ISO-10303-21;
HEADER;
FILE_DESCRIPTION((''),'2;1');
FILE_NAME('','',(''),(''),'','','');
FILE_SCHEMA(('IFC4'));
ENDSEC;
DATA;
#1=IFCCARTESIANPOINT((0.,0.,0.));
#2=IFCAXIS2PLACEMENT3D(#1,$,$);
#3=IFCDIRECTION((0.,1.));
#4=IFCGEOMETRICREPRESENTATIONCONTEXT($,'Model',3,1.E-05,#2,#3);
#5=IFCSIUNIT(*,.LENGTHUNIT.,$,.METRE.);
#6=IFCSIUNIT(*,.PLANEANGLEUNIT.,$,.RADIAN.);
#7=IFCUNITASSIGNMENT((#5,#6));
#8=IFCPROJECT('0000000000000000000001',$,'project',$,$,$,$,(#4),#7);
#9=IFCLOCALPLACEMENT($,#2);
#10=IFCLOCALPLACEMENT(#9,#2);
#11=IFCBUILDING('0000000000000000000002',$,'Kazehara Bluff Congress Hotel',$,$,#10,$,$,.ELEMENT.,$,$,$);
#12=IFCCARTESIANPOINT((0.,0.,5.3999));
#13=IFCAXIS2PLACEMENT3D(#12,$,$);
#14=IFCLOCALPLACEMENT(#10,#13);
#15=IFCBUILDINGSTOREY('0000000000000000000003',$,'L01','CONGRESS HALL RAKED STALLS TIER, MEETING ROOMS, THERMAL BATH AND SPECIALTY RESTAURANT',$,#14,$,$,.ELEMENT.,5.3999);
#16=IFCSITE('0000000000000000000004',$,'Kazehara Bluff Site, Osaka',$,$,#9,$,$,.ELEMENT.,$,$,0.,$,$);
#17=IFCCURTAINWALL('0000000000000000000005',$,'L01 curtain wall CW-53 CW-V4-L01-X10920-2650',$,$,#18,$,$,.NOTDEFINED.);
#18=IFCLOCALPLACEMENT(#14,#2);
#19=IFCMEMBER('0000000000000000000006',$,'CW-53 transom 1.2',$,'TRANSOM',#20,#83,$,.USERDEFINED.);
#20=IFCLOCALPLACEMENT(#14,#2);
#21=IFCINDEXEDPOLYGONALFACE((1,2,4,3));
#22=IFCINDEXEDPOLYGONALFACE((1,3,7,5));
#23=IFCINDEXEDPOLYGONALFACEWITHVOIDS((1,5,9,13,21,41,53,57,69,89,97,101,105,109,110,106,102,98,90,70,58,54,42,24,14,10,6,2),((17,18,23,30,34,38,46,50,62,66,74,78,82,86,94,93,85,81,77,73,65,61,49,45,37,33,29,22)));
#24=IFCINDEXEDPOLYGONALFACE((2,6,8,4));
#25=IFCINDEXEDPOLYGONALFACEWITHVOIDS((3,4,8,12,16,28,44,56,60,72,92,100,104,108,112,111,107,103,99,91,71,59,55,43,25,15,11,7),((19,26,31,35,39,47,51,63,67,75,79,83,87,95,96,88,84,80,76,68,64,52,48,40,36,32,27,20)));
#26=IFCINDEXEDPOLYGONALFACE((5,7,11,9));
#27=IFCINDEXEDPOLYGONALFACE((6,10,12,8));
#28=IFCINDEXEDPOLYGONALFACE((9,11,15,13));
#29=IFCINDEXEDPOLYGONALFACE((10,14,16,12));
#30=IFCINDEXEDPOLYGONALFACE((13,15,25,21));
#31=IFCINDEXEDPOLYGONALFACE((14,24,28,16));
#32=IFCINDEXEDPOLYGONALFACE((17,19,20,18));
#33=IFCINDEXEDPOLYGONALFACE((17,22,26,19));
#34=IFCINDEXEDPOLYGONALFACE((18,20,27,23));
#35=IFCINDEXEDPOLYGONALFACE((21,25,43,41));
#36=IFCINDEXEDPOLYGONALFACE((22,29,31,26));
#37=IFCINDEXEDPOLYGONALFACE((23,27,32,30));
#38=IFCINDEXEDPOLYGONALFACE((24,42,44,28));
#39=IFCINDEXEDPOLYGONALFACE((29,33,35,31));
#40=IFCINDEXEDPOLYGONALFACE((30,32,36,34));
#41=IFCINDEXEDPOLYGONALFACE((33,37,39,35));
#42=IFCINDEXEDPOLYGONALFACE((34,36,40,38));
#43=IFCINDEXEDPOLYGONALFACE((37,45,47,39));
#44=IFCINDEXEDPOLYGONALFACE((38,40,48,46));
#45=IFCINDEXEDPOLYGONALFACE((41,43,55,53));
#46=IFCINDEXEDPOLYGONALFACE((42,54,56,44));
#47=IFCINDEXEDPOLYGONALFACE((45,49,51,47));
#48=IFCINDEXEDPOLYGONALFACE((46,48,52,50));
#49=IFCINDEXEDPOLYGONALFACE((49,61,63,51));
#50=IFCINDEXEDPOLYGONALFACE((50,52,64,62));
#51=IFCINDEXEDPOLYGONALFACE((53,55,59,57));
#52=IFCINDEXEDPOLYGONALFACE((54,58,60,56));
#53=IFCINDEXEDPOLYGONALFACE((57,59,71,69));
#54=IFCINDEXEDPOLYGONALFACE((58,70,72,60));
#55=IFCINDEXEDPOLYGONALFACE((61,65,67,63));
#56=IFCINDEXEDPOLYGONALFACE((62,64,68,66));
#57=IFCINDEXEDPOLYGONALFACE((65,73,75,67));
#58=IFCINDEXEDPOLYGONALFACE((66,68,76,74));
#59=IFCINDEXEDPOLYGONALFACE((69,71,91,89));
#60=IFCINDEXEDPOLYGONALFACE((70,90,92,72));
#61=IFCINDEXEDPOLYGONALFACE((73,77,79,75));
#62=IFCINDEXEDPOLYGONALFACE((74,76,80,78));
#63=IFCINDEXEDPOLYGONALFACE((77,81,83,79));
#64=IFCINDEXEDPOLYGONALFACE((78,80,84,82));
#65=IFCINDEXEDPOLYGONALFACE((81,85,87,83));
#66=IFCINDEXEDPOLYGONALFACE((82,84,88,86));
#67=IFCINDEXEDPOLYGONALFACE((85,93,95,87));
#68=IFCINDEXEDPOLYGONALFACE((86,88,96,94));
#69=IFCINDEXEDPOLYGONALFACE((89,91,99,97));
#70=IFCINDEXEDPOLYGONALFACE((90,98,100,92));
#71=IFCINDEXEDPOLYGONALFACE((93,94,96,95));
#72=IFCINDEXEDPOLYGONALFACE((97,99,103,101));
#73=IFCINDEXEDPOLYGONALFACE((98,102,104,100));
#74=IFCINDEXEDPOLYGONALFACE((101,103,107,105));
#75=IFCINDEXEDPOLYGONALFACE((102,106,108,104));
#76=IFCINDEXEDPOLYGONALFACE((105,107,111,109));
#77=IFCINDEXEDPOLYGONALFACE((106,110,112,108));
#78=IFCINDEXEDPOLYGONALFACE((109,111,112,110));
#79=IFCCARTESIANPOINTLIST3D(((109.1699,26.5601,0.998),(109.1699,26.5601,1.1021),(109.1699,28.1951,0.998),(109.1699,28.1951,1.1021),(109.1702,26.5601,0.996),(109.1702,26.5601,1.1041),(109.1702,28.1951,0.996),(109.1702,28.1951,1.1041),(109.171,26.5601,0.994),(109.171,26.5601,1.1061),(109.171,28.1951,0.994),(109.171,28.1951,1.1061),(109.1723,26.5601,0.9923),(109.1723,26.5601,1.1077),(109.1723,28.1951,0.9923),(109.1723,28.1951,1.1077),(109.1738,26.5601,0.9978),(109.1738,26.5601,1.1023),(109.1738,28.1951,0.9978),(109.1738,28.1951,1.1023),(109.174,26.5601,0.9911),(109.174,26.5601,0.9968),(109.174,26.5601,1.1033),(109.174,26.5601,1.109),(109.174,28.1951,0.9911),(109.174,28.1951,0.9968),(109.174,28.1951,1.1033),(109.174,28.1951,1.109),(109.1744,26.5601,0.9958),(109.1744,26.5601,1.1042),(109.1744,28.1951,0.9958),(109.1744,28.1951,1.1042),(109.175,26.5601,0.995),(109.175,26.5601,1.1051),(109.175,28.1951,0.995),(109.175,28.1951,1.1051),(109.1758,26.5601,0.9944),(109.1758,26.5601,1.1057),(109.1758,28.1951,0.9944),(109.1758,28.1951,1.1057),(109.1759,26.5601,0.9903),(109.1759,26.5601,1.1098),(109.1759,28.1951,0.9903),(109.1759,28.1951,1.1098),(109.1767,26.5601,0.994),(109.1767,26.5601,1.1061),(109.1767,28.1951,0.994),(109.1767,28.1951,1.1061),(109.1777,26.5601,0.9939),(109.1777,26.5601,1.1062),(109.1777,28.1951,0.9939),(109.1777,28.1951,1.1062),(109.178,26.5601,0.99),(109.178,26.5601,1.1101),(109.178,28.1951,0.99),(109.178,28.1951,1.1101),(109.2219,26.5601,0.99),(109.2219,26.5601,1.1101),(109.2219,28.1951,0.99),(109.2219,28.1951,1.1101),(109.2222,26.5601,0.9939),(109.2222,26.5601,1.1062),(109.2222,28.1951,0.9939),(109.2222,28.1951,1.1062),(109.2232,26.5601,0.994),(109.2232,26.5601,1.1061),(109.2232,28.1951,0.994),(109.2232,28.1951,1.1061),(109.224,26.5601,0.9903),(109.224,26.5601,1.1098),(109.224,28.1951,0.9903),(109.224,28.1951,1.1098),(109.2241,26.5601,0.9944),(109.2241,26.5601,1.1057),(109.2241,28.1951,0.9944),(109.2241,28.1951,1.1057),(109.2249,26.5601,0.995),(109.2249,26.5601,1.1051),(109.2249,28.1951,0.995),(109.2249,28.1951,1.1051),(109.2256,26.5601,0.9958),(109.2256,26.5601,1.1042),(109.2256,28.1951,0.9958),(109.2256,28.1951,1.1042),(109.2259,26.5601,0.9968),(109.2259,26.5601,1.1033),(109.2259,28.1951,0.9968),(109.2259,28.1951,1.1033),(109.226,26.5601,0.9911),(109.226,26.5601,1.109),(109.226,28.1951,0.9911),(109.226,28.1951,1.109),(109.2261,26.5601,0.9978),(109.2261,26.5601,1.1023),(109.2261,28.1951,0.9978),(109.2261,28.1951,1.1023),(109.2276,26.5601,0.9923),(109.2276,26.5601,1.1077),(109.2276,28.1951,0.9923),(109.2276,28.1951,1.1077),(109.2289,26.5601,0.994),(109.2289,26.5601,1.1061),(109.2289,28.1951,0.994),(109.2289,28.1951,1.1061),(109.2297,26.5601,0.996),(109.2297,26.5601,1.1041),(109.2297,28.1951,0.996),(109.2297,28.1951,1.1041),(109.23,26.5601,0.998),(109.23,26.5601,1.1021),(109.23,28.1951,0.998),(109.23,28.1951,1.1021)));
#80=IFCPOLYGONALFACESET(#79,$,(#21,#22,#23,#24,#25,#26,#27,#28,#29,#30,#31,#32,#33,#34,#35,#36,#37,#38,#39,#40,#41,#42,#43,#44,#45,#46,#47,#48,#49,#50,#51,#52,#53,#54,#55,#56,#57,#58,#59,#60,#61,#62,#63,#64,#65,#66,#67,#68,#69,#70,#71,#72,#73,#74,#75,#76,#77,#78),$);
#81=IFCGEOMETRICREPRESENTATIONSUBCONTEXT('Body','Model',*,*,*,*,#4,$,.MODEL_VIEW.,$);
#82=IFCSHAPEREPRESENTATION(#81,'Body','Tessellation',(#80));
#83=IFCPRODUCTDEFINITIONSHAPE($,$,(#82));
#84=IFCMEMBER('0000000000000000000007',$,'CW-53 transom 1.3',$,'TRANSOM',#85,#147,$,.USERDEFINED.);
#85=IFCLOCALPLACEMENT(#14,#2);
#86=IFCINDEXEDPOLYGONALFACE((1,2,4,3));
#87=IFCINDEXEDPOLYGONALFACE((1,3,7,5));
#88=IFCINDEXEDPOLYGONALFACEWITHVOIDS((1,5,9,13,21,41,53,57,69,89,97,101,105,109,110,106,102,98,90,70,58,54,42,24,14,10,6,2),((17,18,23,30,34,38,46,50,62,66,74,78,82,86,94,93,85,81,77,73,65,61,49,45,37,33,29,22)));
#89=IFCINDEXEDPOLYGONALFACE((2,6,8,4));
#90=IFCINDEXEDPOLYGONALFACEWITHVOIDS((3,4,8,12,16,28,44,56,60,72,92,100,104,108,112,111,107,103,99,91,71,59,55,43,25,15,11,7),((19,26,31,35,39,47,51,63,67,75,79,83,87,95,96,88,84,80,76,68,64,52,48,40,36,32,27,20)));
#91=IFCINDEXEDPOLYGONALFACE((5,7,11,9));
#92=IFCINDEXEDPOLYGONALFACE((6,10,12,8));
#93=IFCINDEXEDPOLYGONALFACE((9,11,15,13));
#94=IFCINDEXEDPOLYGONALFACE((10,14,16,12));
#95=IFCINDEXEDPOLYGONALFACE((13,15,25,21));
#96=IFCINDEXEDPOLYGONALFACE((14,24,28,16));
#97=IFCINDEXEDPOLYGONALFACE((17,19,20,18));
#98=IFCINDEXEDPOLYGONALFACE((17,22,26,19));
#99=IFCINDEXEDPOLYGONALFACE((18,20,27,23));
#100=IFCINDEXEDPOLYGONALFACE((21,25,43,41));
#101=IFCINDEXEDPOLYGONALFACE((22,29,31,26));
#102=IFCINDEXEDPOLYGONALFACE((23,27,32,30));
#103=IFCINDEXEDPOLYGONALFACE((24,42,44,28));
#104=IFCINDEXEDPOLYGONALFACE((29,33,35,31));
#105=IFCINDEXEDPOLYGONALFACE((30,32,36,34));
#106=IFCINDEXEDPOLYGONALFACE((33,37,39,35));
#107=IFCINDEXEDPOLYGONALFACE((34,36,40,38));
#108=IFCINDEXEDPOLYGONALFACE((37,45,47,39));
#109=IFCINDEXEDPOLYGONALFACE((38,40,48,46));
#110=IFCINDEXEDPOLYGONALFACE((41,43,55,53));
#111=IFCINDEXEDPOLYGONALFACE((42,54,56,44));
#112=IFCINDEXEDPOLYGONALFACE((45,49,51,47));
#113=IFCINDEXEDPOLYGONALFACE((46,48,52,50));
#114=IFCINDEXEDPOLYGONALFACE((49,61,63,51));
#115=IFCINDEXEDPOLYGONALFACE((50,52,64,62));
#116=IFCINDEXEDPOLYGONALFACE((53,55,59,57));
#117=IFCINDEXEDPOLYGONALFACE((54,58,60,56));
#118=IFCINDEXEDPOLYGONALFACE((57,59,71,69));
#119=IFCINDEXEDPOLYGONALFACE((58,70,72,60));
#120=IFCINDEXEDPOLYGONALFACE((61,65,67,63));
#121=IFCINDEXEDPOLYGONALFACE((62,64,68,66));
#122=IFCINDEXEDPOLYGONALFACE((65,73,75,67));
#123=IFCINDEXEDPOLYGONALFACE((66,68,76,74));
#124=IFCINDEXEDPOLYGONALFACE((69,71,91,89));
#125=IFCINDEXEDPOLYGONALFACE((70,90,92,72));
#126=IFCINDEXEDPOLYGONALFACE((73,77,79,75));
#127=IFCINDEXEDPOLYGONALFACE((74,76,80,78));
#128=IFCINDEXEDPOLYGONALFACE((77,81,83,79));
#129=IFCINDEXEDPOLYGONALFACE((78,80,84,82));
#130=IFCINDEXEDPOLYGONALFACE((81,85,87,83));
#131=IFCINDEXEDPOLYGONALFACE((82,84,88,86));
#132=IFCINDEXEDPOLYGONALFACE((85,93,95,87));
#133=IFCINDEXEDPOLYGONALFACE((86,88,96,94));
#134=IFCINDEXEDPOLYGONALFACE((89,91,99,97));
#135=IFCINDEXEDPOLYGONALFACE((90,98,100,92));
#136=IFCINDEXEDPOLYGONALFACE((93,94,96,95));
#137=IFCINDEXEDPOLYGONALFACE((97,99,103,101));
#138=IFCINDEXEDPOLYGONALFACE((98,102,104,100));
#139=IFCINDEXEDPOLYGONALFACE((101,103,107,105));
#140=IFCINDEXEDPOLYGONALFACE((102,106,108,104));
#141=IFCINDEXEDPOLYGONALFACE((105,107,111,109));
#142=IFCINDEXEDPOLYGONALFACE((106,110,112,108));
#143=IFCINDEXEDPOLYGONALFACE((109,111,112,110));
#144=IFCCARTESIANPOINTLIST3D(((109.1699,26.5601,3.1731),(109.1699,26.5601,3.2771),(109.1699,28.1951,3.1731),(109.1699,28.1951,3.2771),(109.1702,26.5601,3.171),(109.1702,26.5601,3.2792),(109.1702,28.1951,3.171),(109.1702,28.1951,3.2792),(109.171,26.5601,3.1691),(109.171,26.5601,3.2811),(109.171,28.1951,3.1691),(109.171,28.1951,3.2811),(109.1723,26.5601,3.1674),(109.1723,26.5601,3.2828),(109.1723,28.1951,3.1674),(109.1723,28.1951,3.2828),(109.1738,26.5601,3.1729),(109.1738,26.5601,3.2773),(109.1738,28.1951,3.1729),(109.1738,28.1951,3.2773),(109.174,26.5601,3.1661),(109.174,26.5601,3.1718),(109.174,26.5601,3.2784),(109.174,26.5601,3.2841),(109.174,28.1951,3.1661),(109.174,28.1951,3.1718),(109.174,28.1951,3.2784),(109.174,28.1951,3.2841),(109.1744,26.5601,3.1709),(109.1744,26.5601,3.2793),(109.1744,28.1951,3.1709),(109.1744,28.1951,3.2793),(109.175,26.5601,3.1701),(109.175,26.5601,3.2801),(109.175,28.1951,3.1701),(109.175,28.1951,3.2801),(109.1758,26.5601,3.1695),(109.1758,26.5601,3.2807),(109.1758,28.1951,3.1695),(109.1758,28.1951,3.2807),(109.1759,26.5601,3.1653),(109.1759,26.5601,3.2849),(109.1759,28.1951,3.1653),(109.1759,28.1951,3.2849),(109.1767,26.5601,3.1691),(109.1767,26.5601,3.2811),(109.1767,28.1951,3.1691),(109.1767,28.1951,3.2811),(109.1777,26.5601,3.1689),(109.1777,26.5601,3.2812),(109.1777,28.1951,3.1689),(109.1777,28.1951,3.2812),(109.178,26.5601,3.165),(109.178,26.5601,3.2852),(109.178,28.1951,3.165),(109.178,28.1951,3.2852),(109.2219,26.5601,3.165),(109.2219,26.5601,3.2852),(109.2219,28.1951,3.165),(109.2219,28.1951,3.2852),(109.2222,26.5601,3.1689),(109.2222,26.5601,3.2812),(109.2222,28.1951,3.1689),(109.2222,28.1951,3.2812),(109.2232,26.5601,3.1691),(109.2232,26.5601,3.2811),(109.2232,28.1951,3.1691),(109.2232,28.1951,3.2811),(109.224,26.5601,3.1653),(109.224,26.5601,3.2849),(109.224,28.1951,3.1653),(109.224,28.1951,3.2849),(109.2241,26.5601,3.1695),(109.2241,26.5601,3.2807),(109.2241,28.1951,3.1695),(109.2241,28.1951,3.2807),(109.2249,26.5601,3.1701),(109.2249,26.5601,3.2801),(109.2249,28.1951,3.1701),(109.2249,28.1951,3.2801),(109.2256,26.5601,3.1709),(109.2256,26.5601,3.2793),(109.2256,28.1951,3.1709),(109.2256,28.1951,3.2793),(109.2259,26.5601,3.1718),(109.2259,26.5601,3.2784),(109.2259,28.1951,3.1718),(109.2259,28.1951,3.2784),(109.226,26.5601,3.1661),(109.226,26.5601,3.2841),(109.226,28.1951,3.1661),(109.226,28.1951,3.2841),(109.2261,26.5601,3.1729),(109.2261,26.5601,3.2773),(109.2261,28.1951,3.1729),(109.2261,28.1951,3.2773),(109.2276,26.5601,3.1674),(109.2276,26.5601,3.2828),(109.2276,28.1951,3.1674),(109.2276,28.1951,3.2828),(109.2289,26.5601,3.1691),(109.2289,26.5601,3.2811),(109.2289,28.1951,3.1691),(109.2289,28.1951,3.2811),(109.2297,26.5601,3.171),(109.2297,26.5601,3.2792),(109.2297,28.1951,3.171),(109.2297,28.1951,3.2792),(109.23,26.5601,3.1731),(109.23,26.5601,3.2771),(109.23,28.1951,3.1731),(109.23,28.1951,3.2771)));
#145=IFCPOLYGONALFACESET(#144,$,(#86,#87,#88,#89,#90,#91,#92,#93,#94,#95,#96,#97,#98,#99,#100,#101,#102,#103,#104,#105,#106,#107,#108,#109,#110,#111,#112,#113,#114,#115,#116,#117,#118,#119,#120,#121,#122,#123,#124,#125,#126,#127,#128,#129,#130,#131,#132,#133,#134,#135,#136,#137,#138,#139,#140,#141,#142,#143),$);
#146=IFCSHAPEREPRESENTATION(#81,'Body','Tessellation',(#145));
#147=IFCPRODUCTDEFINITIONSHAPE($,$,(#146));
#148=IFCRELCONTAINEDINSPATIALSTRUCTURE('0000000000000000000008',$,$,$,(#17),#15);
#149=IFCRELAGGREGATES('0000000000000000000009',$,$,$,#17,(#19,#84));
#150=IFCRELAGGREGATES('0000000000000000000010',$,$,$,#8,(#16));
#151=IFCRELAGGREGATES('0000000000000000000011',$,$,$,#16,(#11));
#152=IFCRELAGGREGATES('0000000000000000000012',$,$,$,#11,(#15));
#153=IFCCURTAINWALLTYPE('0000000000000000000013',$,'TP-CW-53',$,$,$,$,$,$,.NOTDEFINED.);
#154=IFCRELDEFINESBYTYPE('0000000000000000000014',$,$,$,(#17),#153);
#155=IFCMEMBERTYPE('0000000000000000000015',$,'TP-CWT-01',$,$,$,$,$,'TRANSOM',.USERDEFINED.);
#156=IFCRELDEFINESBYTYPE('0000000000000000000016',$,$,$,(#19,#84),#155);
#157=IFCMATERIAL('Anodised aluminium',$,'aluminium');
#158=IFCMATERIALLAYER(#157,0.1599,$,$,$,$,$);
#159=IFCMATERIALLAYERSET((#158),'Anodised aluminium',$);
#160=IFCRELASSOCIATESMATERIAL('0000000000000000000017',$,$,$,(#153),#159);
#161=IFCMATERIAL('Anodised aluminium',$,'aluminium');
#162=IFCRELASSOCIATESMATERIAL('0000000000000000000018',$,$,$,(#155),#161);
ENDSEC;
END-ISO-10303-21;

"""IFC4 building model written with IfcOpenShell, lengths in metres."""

from ifc_helpers import new_model, si_unit, direction, frame, origin, origin_2d, place, context, subcontext, project, spatial, hollow_rectangle, extrude, material, layer, layer_set, material_profile, profile_set, type_object, element, aggregate, save


model = new_model("IFC4")

# Units and contexts
model_context = context("Model", 3, precision=1e-05, world=origin(), true_north=direction((0.0, 1.0)))
body_context = subcontext(model_context, "Body", "Model", "MODEL_VIEW")
ifc_project = project(units=[si_unit("LENGTHUNIT", "METRE"), si_unit("PLANEANGLEUNIT", "RADIAN")], contexts=[model_context])

# Site, building, storey
site_placement = place(None, origin())
site = spatial("IfcSite", under=ifc_project, at=site_placement, Name="Kazehara Bluff Site, Osaka", CompositionType="ELEMENT", RefElevation=0.0)
building_placement = place(site_placement, origin())
building = spatial("IfcBuilding", under=site, at=building_placement, Name="Kazehara Bluff Congress Hotel", CompositionType="ELEMENT")
storey_placement = place(building_placement, frame((0.0, 0.0, 5.3999)))
storey = spatial("IfcBuildingStorey", under=building, at=storey_placement, Name="L01", Description="CONGRESS HALL RAKED STALLS TIER, MEETING ROOMS, THERMAL BATH AND SPECIALTY RESTAURANT", CompositionType="ELEMENT", Elevation=5.3999)

# Curtain wall, members
ifc_material_1 = material(Name="Anodised aluminium", Category="aluminium")
ifc_layer_1 = layer(ifc_material_1, 0.1599)
ifc_layer_set_1 = layer_set([ifc_layer_1], Name="Anodised aluminium")
curtain_wall_type = type_object("IfcCurtainWallType", Name="TP-CW-53", PredefinedType="NOTDEFINED", material=ifc_layer_set_1)
curtain_wall_placement = place(storey_placement, origin())
curtain_wall = element("IfcCurtainWall", 1, at=curtain_wall_placement, inside=storey, type_object=curtain_wall_type, Name="L01 curtain wall CW-53 CW-V4-L01-X10920-2650", PredefinedType="NOTDEFINED")
ifc_material_2 = material(Name="Anodised aluminium", Category="aluminium")
ifc_material_profile_1 = material_profile(ifc_material_2, hollow_rectangle(XDim=0.0601, YDim=0.1201, WallThickness=0.0039, InnerFilletRadius=0.0039, OuterFilletRadius=0.0081, at=origin_2d()))
ifc_profile_set_1 = profile_set([ifc_material_profile_1], Name="Anodised aluminium")
member_type_1 = type_object("IfcMemberType", Name="TP-CWT-01", ElementType="TRANSOM", PredefinedType="USERDEFINED", material=ifc_profile_set_1)
member_1_placement = place(storey_placement, frame((109.2, 26.5601, 1.05), z_axis=(0.0, 1.0, 0.0), x_axis=(-1.0, 0.0, 0.0)))
member_1 = element("IfcMember", 2, at=member_1_placement, type_object=member_type_1, Name="CW-53 transom 1.2", ObjectType="TRANSOM", PredefinedType="USERDEFINED", context=body_context, shape_type="SweptSolid", body=[
    extrude(hollow_rectangle(XDim=0.0601, YDim=0.1201, WallThickness=0.0039, InnerFilletRadius=0.0039, OuterFilletRadius=0.0081, at=origin_2d()), origin(), (0.0, 0.0, 1.0), 1.635),
])
member_2_placement = place(storey_placement, frame((109.2, 26.5601, 3.2251), z_axis=(0.0, 1.0, 0.0), x_axis=(-1.0, 0.0, 0.0)))
member_2 = element("IfcMember", 3, at=member_2_placement, type_object=member_type_1, Name="CW-53 transom 1.3", ObjectType="TRANSOM", PredefinedType="USERDEFINED", context=body_context, shape_type="SweptSolid", body=[
    extrude(hollow_rectangle(XDim=0.0601, YDim=0.1201, WallThickness=0.0039, InnerFilletRadius=0.0039, OuterFilletRadius=0.0081, at=origin_2d()), origin(), (0.0, 0.0, 1.0), 1.635),
])

aggregate(curtain_wall, [member_1, member_2])

save(model, "model.ifc")
